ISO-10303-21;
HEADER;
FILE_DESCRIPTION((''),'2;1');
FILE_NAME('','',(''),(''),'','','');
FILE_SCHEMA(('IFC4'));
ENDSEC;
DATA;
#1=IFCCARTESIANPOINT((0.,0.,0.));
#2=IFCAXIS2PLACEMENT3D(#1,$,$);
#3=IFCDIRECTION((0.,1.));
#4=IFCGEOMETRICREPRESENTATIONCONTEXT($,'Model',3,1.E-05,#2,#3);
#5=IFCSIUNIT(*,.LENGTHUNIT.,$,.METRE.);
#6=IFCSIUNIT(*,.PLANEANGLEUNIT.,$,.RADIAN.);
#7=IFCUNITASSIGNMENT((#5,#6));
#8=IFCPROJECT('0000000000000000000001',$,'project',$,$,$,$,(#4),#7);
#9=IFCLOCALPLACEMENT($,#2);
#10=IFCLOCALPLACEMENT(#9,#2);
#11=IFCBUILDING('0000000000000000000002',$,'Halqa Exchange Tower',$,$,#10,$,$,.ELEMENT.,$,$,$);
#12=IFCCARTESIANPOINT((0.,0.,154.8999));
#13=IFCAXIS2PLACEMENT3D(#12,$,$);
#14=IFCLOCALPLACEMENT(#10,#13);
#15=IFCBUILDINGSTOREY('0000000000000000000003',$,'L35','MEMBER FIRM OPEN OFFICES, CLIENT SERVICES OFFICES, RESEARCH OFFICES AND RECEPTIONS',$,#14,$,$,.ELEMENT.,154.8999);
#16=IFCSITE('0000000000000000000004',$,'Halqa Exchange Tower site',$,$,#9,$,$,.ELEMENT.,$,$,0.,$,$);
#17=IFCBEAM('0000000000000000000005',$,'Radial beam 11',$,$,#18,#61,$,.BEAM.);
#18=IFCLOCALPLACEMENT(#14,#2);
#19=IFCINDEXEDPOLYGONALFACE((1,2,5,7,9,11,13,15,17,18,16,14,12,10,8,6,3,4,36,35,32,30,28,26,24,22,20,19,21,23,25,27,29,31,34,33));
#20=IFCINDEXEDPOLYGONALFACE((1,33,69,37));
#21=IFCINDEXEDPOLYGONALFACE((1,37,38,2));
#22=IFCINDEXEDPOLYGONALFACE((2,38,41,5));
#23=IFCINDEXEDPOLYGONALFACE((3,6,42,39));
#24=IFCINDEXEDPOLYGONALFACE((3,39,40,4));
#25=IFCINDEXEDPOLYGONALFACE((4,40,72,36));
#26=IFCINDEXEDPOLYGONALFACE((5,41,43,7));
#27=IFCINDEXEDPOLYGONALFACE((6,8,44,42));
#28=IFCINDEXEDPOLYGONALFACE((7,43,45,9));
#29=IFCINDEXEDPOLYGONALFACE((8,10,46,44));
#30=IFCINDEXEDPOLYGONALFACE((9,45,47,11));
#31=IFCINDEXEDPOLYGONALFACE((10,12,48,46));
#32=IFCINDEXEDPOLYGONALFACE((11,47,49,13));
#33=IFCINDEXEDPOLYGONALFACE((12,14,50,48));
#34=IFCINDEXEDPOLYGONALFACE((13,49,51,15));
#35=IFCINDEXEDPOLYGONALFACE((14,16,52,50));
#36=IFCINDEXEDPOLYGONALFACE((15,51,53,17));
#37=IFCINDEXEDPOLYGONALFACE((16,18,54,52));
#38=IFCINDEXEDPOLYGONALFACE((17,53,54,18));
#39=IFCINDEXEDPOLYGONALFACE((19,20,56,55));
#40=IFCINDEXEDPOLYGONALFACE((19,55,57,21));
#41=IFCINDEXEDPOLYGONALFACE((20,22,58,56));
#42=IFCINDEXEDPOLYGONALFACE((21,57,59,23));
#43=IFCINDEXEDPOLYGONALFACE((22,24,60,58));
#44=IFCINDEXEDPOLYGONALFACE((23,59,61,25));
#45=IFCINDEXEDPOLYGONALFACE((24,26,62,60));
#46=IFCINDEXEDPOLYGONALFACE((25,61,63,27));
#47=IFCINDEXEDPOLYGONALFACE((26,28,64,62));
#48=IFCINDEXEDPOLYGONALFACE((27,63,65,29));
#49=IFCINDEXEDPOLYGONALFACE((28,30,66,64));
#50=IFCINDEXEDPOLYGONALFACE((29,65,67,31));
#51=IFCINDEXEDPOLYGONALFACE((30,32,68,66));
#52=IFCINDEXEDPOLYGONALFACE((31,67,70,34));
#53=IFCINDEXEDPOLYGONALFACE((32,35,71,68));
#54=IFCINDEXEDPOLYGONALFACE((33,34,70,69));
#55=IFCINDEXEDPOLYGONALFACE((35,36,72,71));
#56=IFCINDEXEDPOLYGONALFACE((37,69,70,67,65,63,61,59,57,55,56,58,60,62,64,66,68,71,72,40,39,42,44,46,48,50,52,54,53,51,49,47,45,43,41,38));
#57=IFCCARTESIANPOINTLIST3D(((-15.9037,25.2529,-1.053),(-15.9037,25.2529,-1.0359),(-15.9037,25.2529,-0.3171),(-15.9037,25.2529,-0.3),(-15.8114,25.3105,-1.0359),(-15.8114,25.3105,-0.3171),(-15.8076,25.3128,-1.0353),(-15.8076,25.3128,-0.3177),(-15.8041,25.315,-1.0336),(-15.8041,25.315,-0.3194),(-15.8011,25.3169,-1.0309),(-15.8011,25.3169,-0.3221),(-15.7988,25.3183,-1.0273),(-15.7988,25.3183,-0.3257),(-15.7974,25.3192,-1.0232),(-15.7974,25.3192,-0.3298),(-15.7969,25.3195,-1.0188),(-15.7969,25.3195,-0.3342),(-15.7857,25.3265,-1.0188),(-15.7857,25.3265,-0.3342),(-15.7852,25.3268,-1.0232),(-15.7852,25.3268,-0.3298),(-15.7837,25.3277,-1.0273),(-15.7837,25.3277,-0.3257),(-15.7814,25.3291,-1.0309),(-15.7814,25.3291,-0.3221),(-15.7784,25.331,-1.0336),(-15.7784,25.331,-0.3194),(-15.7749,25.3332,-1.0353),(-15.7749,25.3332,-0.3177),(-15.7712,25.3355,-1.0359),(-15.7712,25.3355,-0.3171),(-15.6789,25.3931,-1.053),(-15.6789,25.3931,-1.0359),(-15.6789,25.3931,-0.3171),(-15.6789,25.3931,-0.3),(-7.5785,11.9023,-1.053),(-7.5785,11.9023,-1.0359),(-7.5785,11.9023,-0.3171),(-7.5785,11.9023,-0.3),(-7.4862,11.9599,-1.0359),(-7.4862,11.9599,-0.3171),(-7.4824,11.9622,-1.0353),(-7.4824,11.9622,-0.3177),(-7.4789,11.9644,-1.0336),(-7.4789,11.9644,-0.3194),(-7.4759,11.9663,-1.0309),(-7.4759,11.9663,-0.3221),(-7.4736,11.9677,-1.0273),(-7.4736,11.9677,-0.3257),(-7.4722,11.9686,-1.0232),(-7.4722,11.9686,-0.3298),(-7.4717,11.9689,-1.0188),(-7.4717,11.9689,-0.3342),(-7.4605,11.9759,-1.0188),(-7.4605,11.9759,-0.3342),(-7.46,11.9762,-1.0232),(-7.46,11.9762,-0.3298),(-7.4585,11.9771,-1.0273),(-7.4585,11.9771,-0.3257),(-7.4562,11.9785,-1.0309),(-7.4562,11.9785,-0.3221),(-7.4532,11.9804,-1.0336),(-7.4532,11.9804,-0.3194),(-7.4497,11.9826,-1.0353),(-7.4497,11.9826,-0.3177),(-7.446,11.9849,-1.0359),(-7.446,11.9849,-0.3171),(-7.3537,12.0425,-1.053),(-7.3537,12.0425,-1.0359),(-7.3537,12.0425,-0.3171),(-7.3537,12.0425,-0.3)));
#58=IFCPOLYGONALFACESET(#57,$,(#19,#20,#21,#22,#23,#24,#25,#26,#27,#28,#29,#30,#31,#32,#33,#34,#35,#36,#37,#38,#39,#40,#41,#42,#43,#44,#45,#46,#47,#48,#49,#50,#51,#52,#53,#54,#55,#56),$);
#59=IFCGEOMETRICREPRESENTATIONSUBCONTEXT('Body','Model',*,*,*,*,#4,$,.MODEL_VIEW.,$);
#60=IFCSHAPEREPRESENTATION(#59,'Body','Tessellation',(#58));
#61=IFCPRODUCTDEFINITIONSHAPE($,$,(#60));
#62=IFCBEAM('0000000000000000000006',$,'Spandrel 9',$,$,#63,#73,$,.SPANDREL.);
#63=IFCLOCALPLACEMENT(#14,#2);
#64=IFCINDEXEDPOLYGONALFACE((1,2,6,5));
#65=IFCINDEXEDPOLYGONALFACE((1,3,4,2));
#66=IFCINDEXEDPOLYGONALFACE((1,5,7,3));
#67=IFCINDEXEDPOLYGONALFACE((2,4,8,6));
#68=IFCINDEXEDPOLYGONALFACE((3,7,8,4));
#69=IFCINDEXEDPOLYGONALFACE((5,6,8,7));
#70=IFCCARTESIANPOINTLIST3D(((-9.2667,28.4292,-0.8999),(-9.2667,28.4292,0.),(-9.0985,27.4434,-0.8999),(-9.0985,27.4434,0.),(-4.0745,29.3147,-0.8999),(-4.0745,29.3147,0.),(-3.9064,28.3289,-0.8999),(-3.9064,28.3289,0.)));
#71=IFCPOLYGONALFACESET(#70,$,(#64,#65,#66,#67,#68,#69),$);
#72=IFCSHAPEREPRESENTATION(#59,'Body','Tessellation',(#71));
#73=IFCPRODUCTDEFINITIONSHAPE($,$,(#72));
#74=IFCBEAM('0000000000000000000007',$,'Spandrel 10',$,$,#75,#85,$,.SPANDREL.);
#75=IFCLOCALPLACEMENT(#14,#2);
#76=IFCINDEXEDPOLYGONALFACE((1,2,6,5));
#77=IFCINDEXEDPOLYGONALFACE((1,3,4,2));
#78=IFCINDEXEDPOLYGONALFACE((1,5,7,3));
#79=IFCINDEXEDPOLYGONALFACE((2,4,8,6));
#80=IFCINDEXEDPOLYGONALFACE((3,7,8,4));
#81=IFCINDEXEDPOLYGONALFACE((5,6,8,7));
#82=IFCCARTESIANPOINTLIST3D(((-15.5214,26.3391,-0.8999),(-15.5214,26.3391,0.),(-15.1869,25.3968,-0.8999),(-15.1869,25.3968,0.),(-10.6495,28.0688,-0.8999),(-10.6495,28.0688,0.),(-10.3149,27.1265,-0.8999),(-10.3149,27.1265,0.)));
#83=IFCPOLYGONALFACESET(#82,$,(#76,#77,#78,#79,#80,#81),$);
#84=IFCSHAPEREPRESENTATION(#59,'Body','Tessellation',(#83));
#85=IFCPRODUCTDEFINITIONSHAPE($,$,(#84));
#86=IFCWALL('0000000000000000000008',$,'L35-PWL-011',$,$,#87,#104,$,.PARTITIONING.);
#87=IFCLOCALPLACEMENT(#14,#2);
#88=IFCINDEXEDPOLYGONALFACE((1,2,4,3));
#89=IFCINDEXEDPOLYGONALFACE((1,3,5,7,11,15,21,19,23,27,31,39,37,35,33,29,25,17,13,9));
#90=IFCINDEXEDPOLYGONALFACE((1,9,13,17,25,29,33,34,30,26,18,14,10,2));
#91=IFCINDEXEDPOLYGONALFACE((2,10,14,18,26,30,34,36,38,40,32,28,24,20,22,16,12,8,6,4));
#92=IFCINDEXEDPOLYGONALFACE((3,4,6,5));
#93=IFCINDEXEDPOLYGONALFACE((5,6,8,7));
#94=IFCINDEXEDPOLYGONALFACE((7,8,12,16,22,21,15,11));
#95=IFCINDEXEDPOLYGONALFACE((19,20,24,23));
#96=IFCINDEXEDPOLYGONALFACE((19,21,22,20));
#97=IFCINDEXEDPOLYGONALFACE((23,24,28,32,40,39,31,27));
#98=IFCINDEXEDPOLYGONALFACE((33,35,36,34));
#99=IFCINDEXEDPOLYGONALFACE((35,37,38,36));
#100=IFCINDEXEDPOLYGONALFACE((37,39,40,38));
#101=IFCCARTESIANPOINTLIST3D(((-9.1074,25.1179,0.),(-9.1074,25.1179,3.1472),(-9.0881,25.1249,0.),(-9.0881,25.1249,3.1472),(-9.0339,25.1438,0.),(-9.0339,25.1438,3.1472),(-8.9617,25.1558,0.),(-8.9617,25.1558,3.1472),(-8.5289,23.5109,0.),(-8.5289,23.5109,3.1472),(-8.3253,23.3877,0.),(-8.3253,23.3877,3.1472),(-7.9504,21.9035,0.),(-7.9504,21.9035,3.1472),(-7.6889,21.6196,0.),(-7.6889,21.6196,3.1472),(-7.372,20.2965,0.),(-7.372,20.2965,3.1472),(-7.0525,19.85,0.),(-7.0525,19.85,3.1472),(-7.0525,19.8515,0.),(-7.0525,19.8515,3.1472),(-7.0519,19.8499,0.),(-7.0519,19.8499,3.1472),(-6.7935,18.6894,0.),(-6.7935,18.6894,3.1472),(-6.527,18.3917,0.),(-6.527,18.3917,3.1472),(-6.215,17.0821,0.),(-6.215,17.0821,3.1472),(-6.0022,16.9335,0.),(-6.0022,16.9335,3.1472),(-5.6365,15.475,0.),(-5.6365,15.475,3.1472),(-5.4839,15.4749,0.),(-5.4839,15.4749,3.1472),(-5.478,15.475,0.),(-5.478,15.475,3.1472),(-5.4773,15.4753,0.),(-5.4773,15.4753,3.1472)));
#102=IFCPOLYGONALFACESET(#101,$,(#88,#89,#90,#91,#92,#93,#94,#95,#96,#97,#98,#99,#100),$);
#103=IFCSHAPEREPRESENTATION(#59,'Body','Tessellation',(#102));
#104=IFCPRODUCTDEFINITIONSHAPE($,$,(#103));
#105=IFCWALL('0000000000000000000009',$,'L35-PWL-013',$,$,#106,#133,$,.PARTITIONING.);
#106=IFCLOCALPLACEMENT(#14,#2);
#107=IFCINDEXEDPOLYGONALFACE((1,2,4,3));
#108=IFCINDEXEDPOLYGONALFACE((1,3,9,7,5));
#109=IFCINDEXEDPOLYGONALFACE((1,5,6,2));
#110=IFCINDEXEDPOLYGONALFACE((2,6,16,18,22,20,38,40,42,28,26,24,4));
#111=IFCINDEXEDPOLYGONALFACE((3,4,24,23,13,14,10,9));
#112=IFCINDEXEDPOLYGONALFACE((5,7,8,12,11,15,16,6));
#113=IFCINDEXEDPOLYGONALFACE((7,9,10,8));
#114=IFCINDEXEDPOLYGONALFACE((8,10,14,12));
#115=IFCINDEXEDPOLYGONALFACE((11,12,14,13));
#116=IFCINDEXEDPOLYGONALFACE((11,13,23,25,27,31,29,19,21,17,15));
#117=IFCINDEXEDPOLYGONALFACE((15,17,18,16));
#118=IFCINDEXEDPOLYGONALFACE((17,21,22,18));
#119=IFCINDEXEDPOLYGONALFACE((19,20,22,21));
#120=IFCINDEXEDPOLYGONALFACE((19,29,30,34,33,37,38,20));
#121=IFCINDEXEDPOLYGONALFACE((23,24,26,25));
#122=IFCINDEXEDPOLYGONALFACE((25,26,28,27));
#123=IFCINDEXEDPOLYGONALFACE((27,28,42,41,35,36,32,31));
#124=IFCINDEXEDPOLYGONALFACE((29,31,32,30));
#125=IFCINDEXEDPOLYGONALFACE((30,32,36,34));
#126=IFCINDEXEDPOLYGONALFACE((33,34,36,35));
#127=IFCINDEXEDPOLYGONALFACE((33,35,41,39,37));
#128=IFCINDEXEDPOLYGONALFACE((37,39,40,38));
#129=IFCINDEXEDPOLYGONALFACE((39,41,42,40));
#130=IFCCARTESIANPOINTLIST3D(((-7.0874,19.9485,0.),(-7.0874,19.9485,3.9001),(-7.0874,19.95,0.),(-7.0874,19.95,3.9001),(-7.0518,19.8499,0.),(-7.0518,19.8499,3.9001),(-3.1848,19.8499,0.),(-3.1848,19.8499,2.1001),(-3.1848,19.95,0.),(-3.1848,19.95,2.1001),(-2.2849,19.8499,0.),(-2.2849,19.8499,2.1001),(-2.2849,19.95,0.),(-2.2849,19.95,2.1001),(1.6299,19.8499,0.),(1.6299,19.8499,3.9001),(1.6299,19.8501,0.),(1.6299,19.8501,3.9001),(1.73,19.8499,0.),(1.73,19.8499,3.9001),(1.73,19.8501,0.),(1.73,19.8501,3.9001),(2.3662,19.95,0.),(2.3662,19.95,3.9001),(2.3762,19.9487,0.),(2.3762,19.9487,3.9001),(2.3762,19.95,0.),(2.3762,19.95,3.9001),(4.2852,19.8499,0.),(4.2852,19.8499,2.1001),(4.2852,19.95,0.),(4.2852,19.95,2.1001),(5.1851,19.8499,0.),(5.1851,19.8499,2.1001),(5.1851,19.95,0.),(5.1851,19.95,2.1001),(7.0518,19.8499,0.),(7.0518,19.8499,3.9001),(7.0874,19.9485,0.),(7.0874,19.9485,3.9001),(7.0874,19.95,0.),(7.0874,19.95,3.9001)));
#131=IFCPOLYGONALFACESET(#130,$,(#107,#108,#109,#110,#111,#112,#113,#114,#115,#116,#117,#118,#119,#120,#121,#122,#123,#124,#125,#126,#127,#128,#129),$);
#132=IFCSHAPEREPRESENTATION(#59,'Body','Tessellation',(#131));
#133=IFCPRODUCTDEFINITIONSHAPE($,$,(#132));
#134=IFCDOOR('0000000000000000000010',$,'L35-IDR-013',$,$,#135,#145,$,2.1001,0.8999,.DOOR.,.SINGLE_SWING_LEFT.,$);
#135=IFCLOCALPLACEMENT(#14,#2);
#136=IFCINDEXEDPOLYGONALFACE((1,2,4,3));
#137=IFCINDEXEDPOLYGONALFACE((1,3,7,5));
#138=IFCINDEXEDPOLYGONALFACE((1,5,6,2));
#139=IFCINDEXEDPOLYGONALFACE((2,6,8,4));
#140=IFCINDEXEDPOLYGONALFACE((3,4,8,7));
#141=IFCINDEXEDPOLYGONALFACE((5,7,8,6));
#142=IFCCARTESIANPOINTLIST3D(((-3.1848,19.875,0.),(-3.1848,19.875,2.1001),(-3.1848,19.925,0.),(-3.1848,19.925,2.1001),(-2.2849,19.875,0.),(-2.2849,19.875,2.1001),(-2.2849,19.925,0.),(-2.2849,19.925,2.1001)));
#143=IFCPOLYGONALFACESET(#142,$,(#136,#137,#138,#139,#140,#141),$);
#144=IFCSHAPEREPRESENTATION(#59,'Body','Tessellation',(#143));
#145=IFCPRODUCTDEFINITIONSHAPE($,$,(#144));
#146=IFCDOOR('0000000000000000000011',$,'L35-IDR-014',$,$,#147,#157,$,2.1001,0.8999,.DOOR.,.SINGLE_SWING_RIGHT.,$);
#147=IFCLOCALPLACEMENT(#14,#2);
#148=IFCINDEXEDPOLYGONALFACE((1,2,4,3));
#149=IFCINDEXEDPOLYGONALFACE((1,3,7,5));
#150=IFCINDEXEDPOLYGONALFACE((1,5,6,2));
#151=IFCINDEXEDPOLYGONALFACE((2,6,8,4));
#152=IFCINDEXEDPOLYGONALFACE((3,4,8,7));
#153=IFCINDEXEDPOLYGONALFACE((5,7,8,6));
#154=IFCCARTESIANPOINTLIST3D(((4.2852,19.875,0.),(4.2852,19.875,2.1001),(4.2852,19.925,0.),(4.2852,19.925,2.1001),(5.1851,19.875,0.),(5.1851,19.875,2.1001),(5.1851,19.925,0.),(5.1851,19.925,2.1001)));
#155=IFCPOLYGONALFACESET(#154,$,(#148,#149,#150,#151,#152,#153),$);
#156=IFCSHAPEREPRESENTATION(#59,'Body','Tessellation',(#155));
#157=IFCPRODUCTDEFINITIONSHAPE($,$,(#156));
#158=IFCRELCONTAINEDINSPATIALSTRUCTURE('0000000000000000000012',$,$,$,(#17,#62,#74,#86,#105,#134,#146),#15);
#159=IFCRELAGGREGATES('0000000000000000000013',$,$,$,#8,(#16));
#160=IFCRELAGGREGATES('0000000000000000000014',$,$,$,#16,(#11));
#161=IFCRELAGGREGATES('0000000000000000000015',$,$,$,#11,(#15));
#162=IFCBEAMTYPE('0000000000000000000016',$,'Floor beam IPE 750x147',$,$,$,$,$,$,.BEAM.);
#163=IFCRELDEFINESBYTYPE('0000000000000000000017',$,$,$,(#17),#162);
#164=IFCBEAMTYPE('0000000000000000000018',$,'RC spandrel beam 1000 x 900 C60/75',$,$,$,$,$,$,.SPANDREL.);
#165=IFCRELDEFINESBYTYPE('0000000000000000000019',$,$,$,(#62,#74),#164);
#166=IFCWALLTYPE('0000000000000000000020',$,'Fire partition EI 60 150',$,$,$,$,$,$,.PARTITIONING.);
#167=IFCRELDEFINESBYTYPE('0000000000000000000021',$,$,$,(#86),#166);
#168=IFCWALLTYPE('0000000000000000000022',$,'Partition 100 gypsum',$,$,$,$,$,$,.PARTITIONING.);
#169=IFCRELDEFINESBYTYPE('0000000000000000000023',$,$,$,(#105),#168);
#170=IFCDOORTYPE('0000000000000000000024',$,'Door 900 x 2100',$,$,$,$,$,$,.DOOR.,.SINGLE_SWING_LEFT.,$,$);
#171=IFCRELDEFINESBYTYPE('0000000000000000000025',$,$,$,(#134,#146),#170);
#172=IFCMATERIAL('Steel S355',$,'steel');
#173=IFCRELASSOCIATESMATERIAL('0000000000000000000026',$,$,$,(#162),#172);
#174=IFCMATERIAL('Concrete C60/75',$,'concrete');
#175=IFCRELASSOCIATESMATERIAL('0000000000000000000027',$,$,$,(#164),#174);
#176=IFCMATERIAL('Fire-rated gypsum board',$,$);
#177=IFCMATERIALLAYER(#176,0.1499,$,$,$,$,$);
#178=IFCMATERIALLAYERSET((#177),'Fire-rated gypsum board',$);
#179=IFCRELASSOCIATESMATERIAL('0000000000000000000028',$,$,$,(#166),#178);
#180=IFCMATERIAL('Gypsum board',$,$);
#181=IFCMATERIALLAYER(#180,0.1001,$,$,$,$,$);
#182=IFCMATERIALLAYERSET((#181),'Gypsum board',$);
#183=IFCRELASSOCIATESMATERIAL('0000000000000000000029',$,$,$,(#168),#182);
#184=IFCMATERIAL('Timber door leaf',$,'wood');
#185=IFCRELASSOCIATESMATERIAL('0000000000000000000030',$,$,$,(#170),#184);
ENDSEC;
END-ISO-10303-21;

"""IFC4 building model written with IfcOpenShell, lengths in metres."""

from ifc_helpers import new_model, si_unit, direction, frame, frame_2d, origin, origin_2d, place, context, subcontext, project, spatial, polyline, rectangle, i_section, outline, extrude, material, layer, layer_set, material_profile, profile_set, type_object, element, fill, save


model = new_model("IFC4")

# Units and contexts
model_context = context("Model", 3, precision=1e-05, world=origin(), true_north=direction((0.0, 1.0)))
body_context = subcontext(model_context, "Body", "Model", "MODEL_VIEW")
ifc_project = project(units=[si_unit("LENGTHUNIT", "METRE"), si_unit("PLANEANGLEUNIT", "RADIAN")], contexts=[model_context])

# Site, building, storey
site_placement = place(None, origin())
site = spatial("IfcSite", under=ifc_project, at=site_placement, Name="Halqa Exchange Tower site", CompositionType="ELEMENT", RefElevation=0.0)
building_placement = place(site_placement, origin())
building = spatial("IfcBuilding", under=site, at=building_placement, Name="Halqa Exchange Tower", CompositionType="ELEMENT")
storey_placement = place(building_placement, frame((0.0, 0.0, 154.8999)))
storey = spatial("IfcBuildingStorey", under=building, at=storey_placement, Name="L35", Description="MEMBER FIRM OPEN OFFICES, CLIENT SERVICES OFFICES, RESEARCH OFFICES AND RECEPTIONS", CompositionType="ELEMENT", Elevation=154.8999)

# Beams
ifc_material_1 = material(Name="Steel S355", Category="steel")
ifc_material_profile_1 = material_profile(ifc_material_1, i_section(OverallWidth=0.2649, OverallDepth=0.7529, WebThickness=0.0132, FlangeThickness=0.0171, FilletRadius=0.0171, at=origin_2d()), Name="IPE 750x147")
ifc_profile_set_1 = profile_set([ifc_material_profile_1], Name="Steel S355")
beam_type_1 = type_object("IfcBeamType", Name="Floor beam IPE 750x147", PredefinedType="BEAM", material=ifc_profile_set_1)
beam_1_placement = place(storey_placement, frame((-7.4661, 11.9724, -0.6765), z_axis=(-0.529134, 0.848538, 0.0), x_axis=(-0.848538, -0.529134, 0.0)))
element("IfcBeam", 1, at=beam_1_placement, inside=storey, type_object=beam_type_1, Name="Radial beam 11", PredefinedType="BEAM", context=body_context, shape_type="SweptSolid", body=[
    extrude(i_section(OverallWidth=0.2649, OverallDepth=0.7529, WebThickness=0.0132, FlangeThickness=0.0171, FilletRadius=0.0171, at=origin_2d()), origin(), (0.0, 0.0, 1.0), 15.7336),
])
ifc_material_2 = material(Name="Concrete C60/75", Category="concrete")
ifc_material_profile_2 = material_profile(ifc_material_2, rectangle(XDim=1.0, YDim=0.8999, at=origin_2d()), Name="1000 x 900")
ifc_profile_set_2 = profile_set([ifc_material_profile_2], Name="Concrete C60/75")
beam_type_2 = type_object("IfcBeamType", Name="RC spandrel beam 1000 x 900 C60/75", PredefinedType="SPANDREL", material=ifc_profile_set_2)
beam_2_placement = place(storey_placement, frame((-3.9905, 28.8218, -0.45), z_axis=(-0.985767, -0.168119, 0.0), x_axis=(0.168119, -0.985767, 0.0)))
element("IfcBeam", 2, at=beam_2_placement, inside=storey, type_object=beam_type_2, Name="Spandrel 9", PredefinedType="SPANDREL", context=body_context, shape_type="SweptSolid", body=[
    extrude(rectangle(XDim=1.0, YDim=0.8999, at=origin_2d()), origin(), (0.0, 0.0, 1.0), 5.2671),
])
beam_3_placement = place(storey_placement, frame((-10.4822, 27.5977, -0.45), z_axis=(-0.942371, -0.334571, 0.0), x_axis=(0.334571, -0.942371, 0.0)))
element("IfcBeam", 3, at=beam_3_placement, inside=storey, type_object=beam_type_2, Name="Spandrel 10", PredefinedType="SPANDREL", context=body_context, shape_type="SweptSolid", body=[
    extrude(rectangle(XDim=1.0, YDim=0.8999, at=origin_2d()), origin(), (0.0, 0.0, 1.0), 5.1699),
])

# Wall
ifc_material_3 = material(Name="Fire-rated gypsum board")
ifc_layer_1 = layer(ifc_material_3, 0.1499)
ifc_layer_set_1 = layer_set([ifc_layer_1], Name="Fire-rated gypsum board")
wall_type_1 = type_object("IfcWallType", Name="Fire partition EI 60 150", PredefinedType="PARTITIONING", material=ifc_layer_set_1)
wall_1_placement = place(storey_placement, frame((-9.0369, 25.1433, 0.0), z_axis=(0.0, 0.0, 1.0), x_axis=(0.338668, -0.940906, 0.0)))
element("IfcWall", 4, at=wall_1_placement, inside=storey, type_object=wall_type_1, Name="L35-PWL-011", PredefinedType="PARTITIONING", context=body_context, shape_type="SweptSolid", body=[
    extrude(outline(polyline([(0.0, -0.075), (1.708, -0.075), (3.4163, -0.075), (5.1243, -0.075), (6.8323, -0.075), (8.5405, -0.075), (10.2485, -0.075), (10.3003, 0.0686), (10.3003, 0.0686), (10.3022, 0.0742), (10.3022, 0.075), (8.7524, 0.075), (7.2026, 0.075), (5.6528, 0.075), (5.6526, 0.0745), (5.6511, 0.075), (3.772, 0.075), (1.8928, 0.075), (0.0137, 0.075), (0.0005, 0.0029), (0.0, -0.0544), (0.0, -0.075)])), origin(), (0.0, 0.0, 1.0), 3.1472),
])

# Wall, openings, doors
ifc_material_4 = material(Name="Gypsum board")
ifc_layer_2 = layer(ifc_material_4, 0.1001)
ifc_layer_set_2 = layer_set([ifc_layer_2], Name="Gypsum board")
wall_type_2 = type_object("IfcWallType", Name="Partition 100 gypsum", PredefinedType="PARTITIONING", material=ifc_layer_set_2)
wall_2_placement = place(storey_placement, frame((-7.0874, 19.8999, 0.0), z_axis=(0.0, 0.0, 1.0), x_axis=(1.0, 0.0, 0.0)))
wall_2 = element("IfcWall", 5, at=wall_2_placement, inside=storey, type_object=wall_type_2, Name="L35-PWL-013", PredefinedType="PARTITIONING", context=body_context, shape_type="SweptSolid", body=[
    extrude(outline(polyline([(0.0356, -0.05), (1.772, -0.05), (3.5083, -0.05), (5.2446, -0.05), (6.981, -0.05), (8.7173, -0.05), (8.7173, -0.0498), (8.8174, -0.0498), (8.8174, -0.05), (10.5913, -0.05), (12.3652, -0.05), (14.1392, -0.05), (14.1748, 0.0486), (14.1748, 0.05), (12.6045, 0.05), (11.0339, 0.05), (9.4636, 0.05), (9.4636, 0.0488), (9.4536, 0.05), (7.563, 0.05), (5.6721, 0.05), (3.7815, 0.05), (1.8906, 0.05), (0.0, 0.05), (0.0, 0.0486), (0.0356, -0.05)])), origin(), (0.0, 0.0, 1.0), 3.9001),
])
opening_1_placement = place(wall_2_placement, frame((3.9026, 0.0, 0.0)))
opening_1 = element("IfcOpeningElement", 6, at=opening_1_placement, cuts=wall_2, PredefinedType="OPENING", context=body_context, shape_type="SweptSolid", body=[
    extrude(rectangle(XDim=0.8999, YDim=2.1001, at=frame_2d((0.45, 1.05))), frame((0.0, 0.062, 0.0), z_axis=(0.0, -1.0, 0.0), x_axis=(1.0, 0.0, 0.0)), (0.0, 0.0, 1.0), 0.124),
])
opening_2_placement = place(wall_2_placement, frame((11.3726, 0.0, 0.0)))
opening_2 = element("IfcOpeningElement", 7, at=opening_2_placement, cuts=wall_2, PredefinedType="OPENING", context=body_context, shape_type="SweptSolid", body=[
    extrude(rectangle(XDim=0.8999, YDim=2.1001, at=frame_2d((0.45, 1.05))), frame((0.0, 0.062, 0.0), z_axis=(0.0, -1.0, 0.0), x_axis=(1.0, 0.0, 0.0)), (0.0, 0.0, 1.0), 0.124),
])
ifc_material_5 = material(Name="Timber door leaf", Category="wood")
door_type = type_object("IfcDoorType", Name="Door 900 x 2100", OperationType="SINGLE_SWING_LEFT", PredefinedType="DOOR", material=ifc_material_5)
door_1_placement = place(opening_1_placement, frame((0.8999, 0.0, 0.0), z_axis=(0.0, 0.0, 1.0), x_axis=(-1.0, 0.0, 0.0)))
door_1 = element("IfcDoor", 8, at=door_1_placement, inside=storey, type_object=door_type, Name="L35-IDR-013", OperationType="SINGLE_SWING_LEFT", OverallHeight=2.1001, OverallWidth=0.8999, PredefinedType="DOOR", context=body_context, shape_type="SweptSolid", body=[
    extrude(rectangle(XDim=0.8999, YDim=2.1001, at=frame_2d((0.45, 1.05))), frame((0.0, 0.0249, 0.0), z_axis=(0.0, -1.0, 0.0), x_axis=(1.0, 0.0, 0.0)), (0.0, 0.0, 1.0), 0.05),
])
fill(opening_1, door_1)
door_2_placement = place(opening_2_placement, frame((0.8999, 0.0, 0.0), z_axis=(0.0, 0.0, 1.0), x_axis=(-1.0, 0.0, 0.0)))
door_2 = element("IfcDoor", 9, at=door_2_placement, inside=storey, type_object=door_type, Name="L35-IDR-014", OperationType="SINGLE_SWING_RIGHT", OverallHeight=2.1001, OverallWidth=0.8999, PredefinedType="DOOR", context=body_context, shape_type="SweptSolid", body=[
    extrude(rectangle(XDim=0.8999, YDim=2.1001, at=frame_2d((0.45, 1.05))), frame((0.0, 0.0249, 0.0), z_axis=(0.0, -1.0, 0.0), x_axis=(1.0, 0.0, 0.0)), (0.0, 0.0, 1.0), 0.05),
])
fill(opening_2, door_2)

save(model, "model.ifc")
